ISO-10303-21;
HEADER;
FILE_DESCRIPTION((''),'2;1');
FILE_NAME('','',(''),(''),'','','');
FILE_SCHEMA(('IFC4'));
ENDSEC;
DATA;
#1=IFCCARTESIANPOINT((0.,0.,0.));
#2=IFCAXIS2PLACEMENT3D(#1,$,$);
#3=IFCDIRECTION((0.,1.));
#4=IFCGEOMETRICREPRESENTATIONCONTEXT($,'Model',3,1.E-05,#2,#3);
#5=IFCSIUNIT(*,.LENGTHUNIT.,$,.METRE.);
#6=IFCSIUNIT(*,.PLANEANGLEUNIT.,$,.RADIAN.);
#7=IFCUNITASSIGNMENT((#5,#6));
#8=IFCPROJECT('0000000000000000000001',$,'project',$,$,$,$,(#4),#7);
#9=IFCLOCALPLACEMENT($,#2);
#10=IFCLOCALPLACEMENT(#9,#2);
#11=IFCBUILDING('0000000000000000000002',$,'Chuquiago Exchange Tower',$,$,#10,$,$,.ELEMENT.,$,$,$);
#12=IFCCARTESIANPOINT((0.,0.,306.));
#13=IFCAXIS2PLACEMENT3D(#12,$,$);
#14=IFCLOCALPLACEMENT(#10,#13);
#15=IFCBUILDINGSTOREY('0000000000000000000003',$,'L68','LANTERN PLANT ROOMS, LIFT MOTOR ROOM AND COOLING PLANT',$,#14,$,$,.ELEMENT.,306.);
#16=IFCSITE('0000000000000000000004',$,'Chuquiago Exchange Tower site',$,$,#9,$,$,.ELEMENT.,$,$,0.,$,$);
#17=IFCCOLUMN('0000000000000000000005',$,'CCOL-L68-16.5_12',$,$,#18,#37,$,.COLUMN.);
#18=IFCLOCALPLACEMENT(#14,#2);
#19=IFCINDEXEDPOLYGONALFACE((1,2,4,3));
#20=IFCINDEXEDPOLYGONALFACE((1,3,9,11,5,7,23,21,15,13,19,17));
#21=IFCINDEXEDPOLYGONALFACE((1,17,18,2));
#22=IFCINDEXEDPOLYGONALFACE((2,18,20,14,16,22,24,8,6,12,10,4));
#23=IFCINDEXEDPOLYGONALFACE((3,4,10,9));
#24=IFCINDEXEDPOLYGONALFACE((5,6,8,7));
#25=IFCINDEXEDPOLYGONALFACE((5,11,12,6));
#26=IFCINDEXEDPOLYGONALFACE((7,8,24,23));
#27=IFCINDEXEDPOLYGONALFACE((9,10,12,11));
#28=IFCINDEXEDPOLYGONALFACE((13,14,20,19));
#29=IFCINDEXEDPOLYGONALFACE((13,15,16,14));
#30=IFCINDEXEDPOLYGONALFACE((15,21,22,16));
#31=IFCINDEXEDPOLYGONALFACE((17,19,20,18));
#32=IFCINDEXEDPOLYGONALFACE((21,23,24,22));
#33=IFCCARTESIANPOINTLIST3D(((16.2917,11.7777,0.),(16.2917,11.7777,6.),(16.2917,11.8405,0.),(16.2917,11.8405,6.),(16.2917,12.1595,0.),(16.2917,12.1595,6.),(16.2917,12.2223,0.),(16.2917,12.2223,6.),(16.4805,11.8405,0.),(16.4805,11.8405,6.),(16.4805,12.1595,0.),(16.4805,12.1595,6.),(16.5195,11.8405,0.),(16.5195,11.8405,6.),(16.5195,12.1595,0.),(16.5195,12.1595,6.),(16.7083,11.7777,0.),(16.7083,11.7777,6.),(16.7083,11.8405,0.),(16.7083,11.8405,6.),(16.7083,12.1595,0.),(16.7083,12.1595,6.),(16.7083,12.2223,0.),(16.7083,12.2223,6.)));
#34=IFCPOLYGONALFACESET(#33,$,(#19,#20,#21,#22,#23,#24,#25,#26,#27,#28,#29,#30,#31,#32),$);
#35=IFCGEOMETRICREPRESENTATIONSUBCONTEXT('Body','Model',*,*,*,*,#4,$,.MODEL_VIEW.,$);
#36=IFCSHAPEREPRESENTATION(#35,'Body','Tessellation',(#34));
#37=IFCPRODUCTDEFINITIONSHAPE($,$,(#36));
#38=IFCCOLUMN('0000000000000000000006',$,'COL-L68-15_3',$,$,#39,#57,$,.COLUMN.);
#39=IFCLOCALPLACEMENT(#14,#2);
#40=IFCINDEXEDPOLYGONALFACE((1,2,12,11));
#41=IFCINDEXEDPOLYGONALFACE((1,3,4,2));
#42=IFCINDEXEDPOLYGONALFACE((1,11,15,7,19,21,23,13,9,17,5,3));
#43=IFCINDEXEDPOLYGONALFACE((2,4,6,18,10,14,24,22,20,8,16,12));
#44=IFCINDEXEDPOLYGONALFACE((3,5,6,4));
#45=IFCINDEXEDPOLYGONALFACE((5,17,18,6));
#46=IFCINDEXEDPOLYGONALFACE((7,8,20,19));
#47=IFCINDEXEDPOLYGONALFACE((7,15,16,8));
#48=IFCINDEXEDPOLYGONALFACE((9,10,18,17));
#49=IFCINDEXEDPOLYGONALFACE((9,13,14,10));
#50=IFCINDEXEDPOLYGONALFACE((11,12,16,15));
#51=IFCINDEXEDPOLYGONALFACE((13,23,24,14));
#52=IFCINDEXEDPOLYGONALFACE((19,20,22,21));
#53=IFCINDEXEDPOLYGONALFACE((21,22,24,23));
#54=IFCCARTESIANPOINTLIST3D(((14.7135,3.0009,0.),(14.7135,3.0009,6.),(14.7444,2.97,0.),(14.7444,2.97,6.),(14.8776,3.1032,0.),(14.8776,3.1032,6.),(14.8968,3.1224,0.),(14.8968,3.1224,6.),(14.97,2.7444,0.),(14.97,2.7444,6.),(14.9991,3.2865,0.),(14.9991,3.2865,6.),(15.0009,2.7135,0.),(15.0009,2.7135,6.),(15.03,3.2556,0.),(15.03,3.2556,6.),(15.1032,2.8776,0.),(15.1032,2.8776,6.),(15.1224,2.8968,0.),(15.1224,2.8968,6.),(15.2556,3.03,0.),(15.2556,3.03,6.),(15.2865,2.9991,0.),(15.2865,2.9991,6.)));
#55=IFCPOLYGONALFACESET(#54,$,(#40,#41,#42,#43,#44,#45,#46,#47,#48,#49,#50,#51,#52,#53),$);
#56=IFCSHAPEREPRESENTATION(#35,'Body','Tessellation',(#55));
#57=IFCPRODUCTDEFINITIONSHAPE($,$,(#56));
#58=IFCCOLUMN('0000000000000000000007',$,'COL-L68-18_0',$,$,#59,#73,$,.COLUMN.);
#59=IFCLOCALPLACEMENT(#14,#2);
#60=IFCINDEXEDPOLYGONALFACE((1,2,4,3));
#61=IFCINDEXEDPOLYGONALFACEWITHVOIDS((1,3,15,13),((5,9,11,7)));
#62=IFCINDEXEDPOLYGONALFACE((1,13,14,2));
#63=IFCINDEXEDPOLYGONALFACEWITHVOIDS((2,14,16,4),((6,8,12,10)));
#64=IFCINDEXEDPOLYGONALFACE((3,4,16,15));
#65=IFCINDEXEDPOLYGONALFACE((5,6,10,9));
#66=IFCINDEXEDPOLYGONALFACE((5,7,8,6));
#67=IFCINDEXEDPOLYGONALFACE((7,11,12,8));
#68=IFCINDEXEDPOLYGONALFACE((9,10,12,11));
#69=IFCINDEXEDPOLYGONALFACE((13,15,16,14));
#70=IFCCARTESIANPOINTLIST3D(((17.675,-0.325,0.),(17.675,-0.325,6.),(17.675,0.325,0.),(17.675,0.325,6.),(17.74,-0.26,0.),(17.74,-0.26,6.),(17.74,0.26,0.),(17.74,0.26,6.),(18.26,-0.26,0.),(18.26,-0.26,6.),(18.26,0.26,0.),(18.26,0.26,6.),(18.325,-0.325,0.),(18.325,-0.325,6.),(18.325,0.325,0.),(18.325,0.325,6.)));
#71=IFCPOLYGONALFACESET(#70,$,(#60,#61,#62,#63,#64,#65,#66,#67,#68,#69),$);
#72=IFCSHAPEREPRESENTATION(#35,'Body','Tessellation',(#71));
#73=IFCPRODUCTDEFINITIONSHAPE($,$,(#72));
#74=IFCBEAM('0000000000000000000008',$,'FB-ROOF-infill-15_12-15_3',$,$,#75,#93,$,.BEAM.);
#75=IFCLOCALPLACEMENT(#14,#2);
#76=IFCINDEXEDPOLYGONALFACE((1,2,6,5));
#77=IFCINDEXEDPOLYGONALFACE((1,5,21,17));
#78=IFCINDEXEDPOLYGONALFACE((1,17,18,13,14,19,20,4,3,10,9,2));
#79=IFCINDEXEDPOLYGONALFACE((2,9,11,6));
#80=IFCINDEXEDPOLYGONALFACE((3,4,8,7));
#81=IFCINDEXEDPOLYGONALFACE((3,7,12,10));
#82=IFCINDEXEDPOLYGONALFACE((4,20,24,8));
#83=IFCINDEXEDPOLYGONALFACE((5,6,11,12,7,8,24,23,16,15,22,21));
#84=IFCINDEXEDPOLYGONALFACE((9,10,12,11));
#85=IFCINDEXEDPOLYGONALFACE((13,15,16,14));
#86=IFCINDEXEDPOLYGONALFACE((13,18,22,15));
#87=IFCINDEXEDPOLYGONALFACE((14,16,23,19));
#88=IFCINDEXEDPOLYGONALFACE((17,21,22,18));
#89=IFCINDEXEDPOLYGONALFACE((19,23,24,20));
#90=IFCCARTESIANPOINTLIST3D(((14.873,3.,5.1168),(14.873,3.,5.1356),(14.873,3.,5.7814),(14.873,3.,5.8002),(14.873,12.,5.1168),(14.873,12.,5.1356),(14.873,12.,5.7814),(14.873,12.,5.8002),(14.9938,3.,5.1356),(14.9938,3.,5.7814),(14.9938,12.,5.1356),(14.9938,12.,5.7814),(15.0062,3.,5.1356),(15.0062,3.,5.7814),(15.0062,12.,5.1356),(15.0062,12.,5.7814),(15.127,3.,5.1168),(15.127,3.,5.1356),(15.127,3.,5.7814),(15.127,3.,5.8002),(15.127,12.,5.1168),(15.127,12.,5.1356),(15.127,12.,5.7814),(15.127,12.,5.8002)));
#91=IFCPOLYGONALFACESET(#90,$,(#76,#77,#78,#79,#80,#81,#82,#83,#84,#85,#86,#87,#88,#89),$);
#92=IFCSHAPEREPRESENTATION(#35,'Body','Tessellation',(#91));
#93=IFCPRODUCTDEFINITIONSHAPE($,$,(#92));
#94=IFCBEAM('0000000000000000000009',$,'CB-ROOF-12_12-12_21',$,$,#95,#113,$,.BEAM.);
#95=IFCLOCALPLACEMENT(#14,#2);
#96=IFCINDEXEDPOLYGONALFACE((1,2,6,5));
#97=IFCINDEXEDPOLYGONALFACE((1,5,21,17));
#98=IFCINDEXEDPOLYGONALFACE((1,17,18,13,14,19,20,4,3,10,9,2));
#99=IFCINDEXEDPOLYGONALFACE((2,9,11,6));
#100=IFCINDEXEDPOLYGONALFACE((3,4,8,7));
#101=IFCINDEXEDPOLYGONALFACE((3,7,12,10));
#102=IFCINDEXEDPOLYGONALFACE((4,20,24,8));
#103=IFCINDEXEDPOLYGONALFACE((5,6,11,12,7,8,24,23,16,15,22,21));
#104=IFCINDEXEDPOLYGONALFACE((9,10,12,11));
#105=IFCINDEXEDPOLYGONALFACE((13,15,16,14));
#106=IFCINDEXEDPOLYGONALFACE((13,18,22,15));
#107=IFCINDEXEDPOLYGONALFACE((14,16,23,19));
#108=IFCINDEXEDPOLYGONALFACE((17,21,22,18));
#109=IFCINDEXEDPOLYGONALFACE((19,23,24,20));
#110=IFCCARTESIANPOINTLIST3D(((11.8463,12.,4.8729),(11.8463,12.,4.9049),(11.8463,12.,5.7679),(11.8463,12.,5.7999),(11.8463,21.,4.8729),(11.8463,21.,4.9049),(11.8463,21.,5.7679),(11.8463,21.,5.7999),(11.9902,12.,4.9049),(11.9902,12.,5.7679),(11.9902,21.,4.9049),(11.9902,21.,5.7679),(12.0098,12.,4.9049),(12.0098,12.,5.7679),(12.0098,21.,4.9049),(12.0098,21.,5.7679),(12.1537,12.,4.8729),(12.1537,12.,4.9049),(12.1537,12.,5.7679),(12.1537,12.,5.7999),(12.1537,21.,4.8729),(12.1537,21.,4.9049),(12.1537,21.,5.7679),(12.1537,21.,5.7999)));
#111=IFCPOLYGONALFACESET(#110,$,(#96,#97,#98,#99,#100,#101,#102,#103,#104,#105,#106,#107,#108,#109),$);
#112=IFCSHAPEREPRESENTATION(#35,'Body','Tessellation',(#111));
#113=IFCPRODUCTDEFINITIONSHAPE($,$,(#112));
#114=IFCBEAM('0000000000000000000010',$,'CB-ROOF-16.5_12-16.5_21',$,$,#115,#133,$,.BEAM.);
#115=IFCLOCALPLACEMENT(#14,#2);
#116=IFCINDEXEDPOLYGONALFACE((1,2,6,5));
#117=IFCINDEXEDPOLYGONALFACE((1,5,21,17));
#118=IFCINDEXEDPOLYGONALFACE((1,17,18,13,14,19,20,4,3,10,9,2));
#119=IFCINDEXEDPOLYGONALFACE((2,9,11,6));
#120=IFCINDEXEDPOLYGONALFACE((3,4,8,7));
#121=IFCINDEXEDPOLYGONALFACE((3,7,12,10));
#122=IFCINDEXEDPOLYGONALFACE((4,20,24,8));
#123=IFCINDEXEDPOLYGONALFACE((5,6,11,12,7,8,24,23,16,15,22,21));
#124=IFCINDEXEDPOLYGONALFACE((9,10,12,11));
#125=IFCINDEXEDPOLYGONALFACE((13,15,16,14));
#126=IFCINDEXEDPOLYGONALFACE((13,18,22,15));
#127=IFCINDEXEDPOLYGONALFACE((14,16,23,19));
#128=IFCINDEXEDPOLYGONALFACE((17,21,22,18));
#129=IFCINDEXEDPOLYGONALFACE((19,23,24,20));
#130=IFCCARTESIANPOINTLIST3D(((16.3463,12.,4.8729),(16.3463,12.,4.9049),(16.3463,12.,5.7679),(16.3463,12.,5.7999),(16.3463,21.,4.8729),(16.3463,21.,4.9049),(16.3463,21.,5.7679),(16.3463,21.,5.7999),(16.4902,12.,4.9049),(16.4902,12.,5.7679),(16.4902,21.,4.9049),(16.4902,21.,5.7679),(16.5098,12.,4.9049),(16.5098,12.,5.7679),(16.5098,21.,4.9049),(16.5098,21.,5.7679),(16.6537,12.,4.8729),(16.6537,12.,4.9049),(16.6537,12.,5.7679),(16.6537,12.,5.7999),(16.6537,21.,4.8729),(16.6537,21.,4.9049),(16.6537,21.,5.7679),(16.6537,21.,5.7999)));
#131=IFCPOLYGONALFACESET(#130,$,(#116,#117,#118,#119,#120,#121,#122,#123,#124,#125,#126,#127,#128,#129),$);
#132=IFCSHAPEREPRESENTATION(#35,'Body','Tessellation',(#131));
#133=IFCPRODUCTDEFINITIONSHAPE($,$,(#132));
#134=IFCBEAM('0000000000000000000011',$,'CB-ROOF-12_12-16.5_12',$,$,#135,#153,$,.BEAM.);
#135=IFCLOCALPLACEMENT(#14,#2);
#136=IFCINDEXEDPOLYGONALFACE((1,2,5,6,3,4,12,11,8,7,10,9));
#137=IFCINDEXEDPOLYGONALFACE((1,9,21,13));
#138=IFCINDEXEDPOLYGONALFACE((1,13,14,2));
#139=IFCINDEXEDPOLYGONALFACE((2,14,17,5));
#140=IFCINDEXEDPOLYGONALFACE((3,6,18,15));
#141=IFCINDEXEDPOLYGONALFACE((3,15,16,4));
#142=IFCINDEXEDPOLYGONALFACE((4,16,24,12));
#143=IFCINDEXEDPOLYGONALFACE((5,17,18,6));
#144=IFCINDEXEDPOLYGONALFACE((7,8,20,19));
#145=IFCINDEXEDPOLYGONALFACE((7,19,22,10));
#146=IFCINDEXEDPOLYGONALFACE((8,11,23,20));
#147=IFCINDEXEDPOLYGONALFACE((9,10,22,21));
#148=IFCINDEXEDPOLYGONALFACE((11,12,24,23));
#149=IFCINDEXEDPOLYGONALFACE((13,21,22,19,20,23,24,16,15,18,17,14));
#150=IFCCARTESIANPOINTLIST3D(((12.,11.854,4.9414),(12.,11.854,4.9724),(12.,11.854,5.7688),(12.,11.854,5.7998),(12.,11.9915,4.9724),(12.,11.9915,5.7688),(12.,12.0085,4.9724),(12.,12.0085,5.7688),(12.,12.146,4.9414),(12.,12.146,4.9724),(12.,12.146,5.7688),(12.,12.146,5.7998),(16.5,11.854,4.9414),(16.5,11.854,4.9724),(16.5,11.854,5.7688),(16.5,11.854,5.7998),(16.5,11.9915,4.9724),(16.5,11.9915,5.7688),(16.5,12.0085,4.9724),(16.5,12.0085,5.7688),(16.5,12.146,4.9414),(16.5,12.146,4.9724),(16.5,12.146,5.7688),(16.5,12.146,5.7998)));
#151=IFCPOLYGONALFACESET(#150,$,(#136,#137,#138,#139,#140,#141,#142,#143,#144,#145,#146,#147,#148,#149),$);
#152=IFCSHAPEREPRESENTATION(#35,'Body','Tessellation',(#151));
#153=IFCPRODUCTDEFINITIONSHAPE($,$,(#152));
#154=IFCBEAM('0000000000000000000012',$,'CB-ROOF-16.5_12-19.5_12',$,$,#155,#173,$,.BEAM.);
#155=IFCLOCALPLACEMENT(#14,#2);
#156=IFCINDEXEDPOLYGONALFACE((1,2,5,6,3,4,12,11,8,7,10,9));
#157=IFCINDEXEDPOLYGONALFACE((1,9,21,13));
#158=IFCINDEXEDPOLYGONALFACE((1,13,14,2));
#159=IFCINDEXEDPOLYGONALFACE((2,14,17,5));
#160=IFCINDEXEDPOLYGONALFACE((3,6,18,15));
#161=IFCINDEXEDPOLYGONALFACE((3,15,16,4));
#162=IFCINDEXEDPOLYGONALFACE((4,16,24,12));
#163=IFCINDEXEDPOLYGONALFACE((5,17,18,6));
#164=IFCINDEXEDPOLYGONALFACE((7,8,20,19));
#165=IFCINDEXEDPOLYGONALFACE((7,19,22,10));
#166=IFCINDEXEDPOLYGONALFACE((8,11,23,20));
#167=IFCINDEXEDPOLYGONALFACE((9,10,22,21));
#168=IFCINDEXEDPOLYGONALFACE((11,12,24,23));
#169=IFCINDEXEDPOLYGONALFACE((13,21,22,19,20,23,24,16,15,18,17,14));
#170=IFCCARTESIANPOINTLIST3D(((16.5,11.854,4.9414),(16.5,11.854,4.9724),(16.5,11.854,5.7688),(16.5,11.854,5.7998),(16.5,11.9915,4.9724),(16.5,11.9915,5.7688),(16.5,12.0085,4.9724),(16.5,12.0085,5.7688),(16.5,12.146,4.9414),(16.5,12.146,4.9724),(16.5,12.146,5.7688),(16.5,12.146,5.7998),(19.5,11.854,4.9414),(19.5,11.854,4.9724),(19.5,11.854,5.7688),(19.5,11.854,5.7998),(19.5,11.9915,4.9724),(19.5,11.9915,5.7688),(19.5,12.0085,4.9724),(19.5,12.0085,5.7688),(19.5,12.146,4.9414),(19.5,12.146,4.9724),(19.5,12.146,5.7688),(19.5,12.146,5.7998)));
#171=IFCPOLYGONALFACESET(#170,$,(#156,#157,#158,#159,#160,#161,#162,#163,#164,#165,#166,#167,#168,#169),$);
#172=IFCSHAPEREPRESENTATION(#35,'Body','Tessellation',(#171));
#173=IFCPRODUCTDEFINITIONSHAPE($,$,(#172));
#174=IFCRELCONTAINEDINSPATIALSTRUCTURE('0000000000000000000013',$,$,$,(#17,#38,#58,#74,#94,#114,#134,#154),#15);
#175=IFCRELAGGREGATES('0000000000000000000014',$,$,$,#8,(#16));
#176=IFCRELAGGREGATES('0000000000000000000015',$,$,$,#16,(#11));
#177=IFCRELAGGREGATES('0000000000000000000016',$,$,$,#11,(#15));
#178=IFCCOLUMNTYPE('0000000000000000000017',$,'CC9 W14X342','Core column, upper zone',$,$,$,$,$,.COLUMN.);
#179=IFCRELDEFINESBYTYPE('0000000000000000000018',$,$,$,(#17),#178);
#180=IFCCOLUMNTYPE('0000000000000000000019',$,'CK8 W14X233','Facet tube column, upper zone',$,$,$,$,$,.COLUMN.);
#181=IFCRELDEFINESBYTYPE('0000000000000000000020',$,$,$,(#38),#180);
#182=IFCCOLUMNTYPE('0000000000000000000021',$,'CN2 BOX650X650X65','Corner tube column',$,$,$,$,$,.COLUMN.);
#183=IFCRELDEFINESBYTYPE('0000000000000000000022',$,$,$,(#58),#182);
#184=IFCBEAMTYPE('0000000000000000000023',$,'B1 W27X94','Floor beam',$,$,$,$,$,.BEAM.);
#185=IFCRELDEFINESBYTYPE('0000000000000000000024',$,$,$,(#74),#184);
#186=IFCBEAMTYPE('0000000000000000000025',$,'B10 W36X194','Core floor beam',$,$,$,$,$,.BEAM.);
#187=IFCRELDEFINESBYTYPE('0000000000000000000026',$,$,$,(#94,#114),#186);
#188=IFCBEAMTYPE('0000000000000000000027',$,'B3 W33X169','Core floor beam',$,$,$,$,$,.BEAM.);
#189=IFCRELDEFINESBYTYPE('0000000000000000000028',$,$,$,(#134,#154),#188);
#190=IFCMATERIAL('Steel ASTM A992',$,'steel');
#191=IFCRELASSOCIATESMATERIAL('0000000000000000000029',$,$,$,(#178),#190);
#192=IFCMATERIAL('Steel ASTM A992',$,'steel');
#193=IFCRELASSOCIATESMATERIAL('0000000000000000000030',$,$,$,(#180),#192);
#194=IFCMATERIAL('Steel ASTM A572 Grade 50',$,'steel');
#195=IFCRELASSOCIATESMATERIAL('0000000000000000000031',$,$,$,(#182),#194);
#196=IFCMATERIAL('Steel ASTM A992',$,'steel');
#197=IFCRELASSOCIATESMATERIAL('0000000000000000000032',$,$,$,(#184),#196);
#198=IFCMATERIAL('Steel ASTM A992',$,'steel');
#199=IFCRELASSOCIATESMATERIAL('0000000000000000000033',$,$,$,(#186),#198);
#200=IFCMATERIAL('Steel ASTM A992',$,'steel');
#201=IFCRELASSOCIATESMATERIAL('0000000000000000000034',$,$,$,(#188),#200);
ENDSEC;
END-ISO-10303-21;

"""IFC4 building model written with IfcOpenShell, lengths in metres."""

from ifc_helpers import new_model, si_unit, direction, frame, origin, origin_2d, place, context, subcontext, project, spatial, hollow_rectangle, i_section, extrude, material, material_profile, profile_set, type_object, element, save


model = new_model("IFC4")

# Units and contexts
model_context = context("Model", 3, precision=1e-05, world=origin(), true_north=direction((0.0, 1.0)))
body_context = subcontext(model_context, "Body", "Model", "MODEL_VIEW")
ifc_project = project(units=[si_unit("LENGTHUNIT", "METRE"), si_unit("PLANEANGLEUNIT", "RADIAN")], contexts=[model_context])

# Site, building, storey
site_placement = place(None, origin())
site = spatial("IfcSite", under=ifc_project, at=site_placement, Name="Chuquiago Exchange Tower site", CompositionType="ELEMENT", RefElevation=0.0)
building_placement = place(site_placement, origin())
building = spatial("IfcBuilding", under=site, at=building_placement, Name="Chuquiago Exchange Tower", CompositionType="ELEMENT")
storey_placement = place(building_placement, frame((0.0, 0.0, 306.0)))
storey = spatial("IfcBuildingStorey", under=building, at=storey_placement, Name="L68", Description="LANTERN PLANT ROOMS, LIFT MOTOR ROOM AND COOLING PLANT", CompositionType="ELEMENT", Elevation=306.0)

# Columns
ifc_material_1 = material(Name="Steel ASTM A992", Category="steel")
ifc_material_profile_1 = material_profile(ifc_material_1, i_section(OverallWidth=0.4165, OverallDepth=0.4446, WebThickness=0.0391, FlangeThickness=0.0627, at=origin_2d()), Name="W14X342")
ifc_profile_set_1 = profile_set([ifc_material_profile_1], Name="Steel ASTM A992")
column_type_1 = type_object("IfcColumnType", Name="CC9 W14X342", Description="Core column, upper zone", PredefinedType="COLUMN", material=ifc_profile_set_1)
column_1_placement = place(storey_placement, frame((16.5, 12.0, 0.0), z_axis=(0.0, 0.0, 1.0), x_axis=(1.0, 0.0, 0.0)))
element("IfcColumn", 1, at=column_1_placement, inside=storey, type_object=column_type_1, Name="CCOL-L68-16.5_12", PredefinedType="COLUMN", context=body_context, shape_type="SweptSolid", body=[
    extrude(i_section(OverallWidth=0.4165, OverallDepth=0.4446, WebThickness=0.0391, FlangeThickness=0.0627, at=origin_2d()), origin(), (0.0, 0.0, 1.0), 6.0),
])
ifc_material_2 = material(Name="Steel ASTM A992", Category="steel")
ifc_material_profile_2 = material_profile(ifc_material_2, i_section(OverallWidth=0.4038, OverallDepth=0.4065, WebThickness=0.0271, FlangeThickness=0.0437, at=origin_2d()), Name="W14X233")
ifc_profile_set_2 = profile_set([ifc_material_profile_2], Name="Steel ASTM A992")
column_type_2 = type_object("IfcColumnType", Name="CK8 W14X233", Description="Facet tube column, upper zone", PredefinedType="COLUMN", material=ifc_profile_set_2)
column_2_placement = place(storey_placement, frame((15.0, 3.0, 0.0), z_axis=(0.0, 0.0, 1.0), x_axis=(-0.707107, -0.707107, 0.0)))
element("IfcColumn", 2, at=column_2_placement, inside=storey, type_object=column_type_2, Name="COL-L68-15_3", PredefinedType="COLUMN", context=body_context, shape_type="SweptSolid", body=[
    extrude(i_section(OverallWidth=0.4038, OverallDepth=0.4065, WebThickness=0.0271, FlangeThickness=0.0437, at=origin_2d()), origin(), (0.0, 0.0, 1.0), 6.0),
])
ifc_material_3 = material(Name="Steel ASTM A572 Grade 50", Category="steel")
ifc_material_profile_3 = material_profile(ifc_material_3, hollow_rectangle(XDim=0.6499, YDim=0.6499, WallThickness=0.0649, at=origin_2d()), Name="BOX650X650X65")
ifc_profile_set_3 = profile_set([ifc_material_profile_3], Name="Steel ASTM A572 Grade 50")
column_type_3 = type_object("IfcColumnType", Name="CN2 BOX650X650X65", Description="Corner tube column", PredefinedType="COLUMN", material=ifc_profile_set_3)
column_3_placement = place(storey_placement, frame((18.0, 0.0, 0.0), z_axis=(0.0, 0.0, 1.0), x_axis=(0.0, -1.0, 0.0)))
element("IfcColumn", 3, at=column_3_placement, inside=storey, type_object=column_type_3, Name="COL-L68-18_0", PredefinedType="COLUMN", context=body_context, shape_type="SweptSolid", body=[
    extrude(hollow_rectangle(XDim=0.6499, YDim=0.6499, WallThickness=0.0649, at=origin_2d()), origin(), (0.0, 0.0, 1.0), 6.0),
])

# Beams
ifc_material_4 = material(Name="Steel ASTM A992", Category="steel")
ifc_material_profile_4 = material_profile(ifc_material_4, i_section(OverallWidth=0.2539, OverallDepth=0.6833, WebThickness=0.0125, FlangeThickness=0.0188, at=origin_2d()), Name="W27X94")
ifc_profile_set_4 = profile_set([ifc_material_profile_4], Name="Steel ASTM A992")
beam_type_1 = type_object("IfcBeamType", Name="B1 W27X94", Description="Floor beam", PredefinedType="BEAM", material=ifc_profile_set_4)
beam_1_placement = place(storey_placement, frame((15.0, 12.0, 5.4585), z_axis=(0.0, -1.0, 0.0), x_axis=(1.0, 0.0, 0.0)))
element("IfcBeam", 4, at=beam_1_placement, inside=storey, type_object=beam_type_1, Name="FB-ROOF-infill-15_12-15_3", PredefinedType="BEAM", context=body_context, shape_type="SweptSolid", body=[
    extrude(i_section(OverallWidth=0.2539, OverallDepth=0.6833, WebThickness=0.0125, FlangeThickness=0.0188, at=origin_2d()), origin(), (0.0, 0.0, 1.0), 9.0),
])
ifc_material_5 = material(Name="Steel ASTM A992", Category="steel")
ifc_material_profile_5 = material_profile(ifc_material_5, i_section(OverallWidth=0.3074, OverallDepth=0.927, WebThickness=0.0195, FlangeThickness=0.032, at=origin_2d()), Name="W36X194")
ifc_profile_set_5 = profile_set([ifc_material_profile_5], Name="Steel ASTM A992")
beam_type_2 = type_object("IfcBeamType", Name="B10 W36X194", Description="Core floor beam", PredefinedType="BEAM", material=ifc_profile_set_5)
for number, where, z_axis, x_axis, name in (
    (5, (12.0, 12.0, 5.3364), (0.0, 1.0, 0.0), (-1.0, 0.0, 0.0), "CB-ROOF-12_12-12_21"),
    (6, (16.5, 12.0, 5.3364), (0.0, 1.0, 0.0), (-1.0, 0.0, 0.0), "CB-ROOF-16.5_12-16.5_21"),
):
    element("IfcBeam", number, at=place(storey_placement, frame(where, z_axis=z_axis, x_axis=x_axis)), inside=storey, type_object=beam_type_2, Name=name, PredefinedType="BEAM", context=body_context, shape_type="SweptSolid", body=[
        extrude(i_section(OverallWidth=0.3074, OverallDepth=0.927, WebThickness=0.0195, FlangeThickness=0.032, at=origin_2d()), origin(), (0.0, 0.0, 1.0), 9.0),
    ])
ifc_material_6 = material(Name="Steel ASTM A992", Category="steel")
ifc_material_profile_6 = material_profile(ifc_material_6, i_section(OverallWidth=0.292, OverallDepth=0.8584, WebThickness=0.0171, FlangeThickness=0.031, at=origin_2d()), Name="W33X169")
ifc_profile_set_6 = profile_set([ifc_material_profile_6], Name="Steel ASTM A992")
beam_type_3 = type_object("IfcBeamType", Name="B3 W33X169", Description="Core floor beam", PredefinedType="BEAM", material=ifc_profile_set_6)
beam_2_placement = place(storey_placement, frame((12.0, 12.0, 5.3706), z_axis=(1.0, 0.0, 0.0), x_axis=(0.0, 1.0, 0.0)))
element("IfcBeam", 7, at=beam_2_placement, inside=storey, type_object=beam_type_3, Name="CB-ROOF-12_12-16.5_12", PredefinedType="BEAM", context=body_context, shape_type="SweptSolid", body=[
    extrude(i_section(OverallWidth=0.292, OverallDepth=0.8584, WebThickness=0.0171, FlangeThickness=0.031, at=origin_2d()), origin(), (0.0, 0.0, 1.0), 4.5),
])
beam_3_placement = place(storey_placement, frame((16.5, 12.0, 5.3706), z_axis=(1.0, 0.0, 0.0), x_axis=(0.0, 1.0, 0.0)))
element("IfcBeam", 8, at=beam_3_placement, inside=storey, type_object=beam_type_3, Name="CB-ROOF-16.5_12-19.5_12", PredefinedType="BEAM", context=body_context, shape_type="SweptSolid", body=[
    extrude(i_section(OverallWidth=0.292, OverallDepth=0.8584, WebThickness=0.0171, FlangeThickness=0.031, at=origin_2d()), origin(), (0.0, 0.0, 1.0), 3.0),
])

save(model, "model.ifc")
